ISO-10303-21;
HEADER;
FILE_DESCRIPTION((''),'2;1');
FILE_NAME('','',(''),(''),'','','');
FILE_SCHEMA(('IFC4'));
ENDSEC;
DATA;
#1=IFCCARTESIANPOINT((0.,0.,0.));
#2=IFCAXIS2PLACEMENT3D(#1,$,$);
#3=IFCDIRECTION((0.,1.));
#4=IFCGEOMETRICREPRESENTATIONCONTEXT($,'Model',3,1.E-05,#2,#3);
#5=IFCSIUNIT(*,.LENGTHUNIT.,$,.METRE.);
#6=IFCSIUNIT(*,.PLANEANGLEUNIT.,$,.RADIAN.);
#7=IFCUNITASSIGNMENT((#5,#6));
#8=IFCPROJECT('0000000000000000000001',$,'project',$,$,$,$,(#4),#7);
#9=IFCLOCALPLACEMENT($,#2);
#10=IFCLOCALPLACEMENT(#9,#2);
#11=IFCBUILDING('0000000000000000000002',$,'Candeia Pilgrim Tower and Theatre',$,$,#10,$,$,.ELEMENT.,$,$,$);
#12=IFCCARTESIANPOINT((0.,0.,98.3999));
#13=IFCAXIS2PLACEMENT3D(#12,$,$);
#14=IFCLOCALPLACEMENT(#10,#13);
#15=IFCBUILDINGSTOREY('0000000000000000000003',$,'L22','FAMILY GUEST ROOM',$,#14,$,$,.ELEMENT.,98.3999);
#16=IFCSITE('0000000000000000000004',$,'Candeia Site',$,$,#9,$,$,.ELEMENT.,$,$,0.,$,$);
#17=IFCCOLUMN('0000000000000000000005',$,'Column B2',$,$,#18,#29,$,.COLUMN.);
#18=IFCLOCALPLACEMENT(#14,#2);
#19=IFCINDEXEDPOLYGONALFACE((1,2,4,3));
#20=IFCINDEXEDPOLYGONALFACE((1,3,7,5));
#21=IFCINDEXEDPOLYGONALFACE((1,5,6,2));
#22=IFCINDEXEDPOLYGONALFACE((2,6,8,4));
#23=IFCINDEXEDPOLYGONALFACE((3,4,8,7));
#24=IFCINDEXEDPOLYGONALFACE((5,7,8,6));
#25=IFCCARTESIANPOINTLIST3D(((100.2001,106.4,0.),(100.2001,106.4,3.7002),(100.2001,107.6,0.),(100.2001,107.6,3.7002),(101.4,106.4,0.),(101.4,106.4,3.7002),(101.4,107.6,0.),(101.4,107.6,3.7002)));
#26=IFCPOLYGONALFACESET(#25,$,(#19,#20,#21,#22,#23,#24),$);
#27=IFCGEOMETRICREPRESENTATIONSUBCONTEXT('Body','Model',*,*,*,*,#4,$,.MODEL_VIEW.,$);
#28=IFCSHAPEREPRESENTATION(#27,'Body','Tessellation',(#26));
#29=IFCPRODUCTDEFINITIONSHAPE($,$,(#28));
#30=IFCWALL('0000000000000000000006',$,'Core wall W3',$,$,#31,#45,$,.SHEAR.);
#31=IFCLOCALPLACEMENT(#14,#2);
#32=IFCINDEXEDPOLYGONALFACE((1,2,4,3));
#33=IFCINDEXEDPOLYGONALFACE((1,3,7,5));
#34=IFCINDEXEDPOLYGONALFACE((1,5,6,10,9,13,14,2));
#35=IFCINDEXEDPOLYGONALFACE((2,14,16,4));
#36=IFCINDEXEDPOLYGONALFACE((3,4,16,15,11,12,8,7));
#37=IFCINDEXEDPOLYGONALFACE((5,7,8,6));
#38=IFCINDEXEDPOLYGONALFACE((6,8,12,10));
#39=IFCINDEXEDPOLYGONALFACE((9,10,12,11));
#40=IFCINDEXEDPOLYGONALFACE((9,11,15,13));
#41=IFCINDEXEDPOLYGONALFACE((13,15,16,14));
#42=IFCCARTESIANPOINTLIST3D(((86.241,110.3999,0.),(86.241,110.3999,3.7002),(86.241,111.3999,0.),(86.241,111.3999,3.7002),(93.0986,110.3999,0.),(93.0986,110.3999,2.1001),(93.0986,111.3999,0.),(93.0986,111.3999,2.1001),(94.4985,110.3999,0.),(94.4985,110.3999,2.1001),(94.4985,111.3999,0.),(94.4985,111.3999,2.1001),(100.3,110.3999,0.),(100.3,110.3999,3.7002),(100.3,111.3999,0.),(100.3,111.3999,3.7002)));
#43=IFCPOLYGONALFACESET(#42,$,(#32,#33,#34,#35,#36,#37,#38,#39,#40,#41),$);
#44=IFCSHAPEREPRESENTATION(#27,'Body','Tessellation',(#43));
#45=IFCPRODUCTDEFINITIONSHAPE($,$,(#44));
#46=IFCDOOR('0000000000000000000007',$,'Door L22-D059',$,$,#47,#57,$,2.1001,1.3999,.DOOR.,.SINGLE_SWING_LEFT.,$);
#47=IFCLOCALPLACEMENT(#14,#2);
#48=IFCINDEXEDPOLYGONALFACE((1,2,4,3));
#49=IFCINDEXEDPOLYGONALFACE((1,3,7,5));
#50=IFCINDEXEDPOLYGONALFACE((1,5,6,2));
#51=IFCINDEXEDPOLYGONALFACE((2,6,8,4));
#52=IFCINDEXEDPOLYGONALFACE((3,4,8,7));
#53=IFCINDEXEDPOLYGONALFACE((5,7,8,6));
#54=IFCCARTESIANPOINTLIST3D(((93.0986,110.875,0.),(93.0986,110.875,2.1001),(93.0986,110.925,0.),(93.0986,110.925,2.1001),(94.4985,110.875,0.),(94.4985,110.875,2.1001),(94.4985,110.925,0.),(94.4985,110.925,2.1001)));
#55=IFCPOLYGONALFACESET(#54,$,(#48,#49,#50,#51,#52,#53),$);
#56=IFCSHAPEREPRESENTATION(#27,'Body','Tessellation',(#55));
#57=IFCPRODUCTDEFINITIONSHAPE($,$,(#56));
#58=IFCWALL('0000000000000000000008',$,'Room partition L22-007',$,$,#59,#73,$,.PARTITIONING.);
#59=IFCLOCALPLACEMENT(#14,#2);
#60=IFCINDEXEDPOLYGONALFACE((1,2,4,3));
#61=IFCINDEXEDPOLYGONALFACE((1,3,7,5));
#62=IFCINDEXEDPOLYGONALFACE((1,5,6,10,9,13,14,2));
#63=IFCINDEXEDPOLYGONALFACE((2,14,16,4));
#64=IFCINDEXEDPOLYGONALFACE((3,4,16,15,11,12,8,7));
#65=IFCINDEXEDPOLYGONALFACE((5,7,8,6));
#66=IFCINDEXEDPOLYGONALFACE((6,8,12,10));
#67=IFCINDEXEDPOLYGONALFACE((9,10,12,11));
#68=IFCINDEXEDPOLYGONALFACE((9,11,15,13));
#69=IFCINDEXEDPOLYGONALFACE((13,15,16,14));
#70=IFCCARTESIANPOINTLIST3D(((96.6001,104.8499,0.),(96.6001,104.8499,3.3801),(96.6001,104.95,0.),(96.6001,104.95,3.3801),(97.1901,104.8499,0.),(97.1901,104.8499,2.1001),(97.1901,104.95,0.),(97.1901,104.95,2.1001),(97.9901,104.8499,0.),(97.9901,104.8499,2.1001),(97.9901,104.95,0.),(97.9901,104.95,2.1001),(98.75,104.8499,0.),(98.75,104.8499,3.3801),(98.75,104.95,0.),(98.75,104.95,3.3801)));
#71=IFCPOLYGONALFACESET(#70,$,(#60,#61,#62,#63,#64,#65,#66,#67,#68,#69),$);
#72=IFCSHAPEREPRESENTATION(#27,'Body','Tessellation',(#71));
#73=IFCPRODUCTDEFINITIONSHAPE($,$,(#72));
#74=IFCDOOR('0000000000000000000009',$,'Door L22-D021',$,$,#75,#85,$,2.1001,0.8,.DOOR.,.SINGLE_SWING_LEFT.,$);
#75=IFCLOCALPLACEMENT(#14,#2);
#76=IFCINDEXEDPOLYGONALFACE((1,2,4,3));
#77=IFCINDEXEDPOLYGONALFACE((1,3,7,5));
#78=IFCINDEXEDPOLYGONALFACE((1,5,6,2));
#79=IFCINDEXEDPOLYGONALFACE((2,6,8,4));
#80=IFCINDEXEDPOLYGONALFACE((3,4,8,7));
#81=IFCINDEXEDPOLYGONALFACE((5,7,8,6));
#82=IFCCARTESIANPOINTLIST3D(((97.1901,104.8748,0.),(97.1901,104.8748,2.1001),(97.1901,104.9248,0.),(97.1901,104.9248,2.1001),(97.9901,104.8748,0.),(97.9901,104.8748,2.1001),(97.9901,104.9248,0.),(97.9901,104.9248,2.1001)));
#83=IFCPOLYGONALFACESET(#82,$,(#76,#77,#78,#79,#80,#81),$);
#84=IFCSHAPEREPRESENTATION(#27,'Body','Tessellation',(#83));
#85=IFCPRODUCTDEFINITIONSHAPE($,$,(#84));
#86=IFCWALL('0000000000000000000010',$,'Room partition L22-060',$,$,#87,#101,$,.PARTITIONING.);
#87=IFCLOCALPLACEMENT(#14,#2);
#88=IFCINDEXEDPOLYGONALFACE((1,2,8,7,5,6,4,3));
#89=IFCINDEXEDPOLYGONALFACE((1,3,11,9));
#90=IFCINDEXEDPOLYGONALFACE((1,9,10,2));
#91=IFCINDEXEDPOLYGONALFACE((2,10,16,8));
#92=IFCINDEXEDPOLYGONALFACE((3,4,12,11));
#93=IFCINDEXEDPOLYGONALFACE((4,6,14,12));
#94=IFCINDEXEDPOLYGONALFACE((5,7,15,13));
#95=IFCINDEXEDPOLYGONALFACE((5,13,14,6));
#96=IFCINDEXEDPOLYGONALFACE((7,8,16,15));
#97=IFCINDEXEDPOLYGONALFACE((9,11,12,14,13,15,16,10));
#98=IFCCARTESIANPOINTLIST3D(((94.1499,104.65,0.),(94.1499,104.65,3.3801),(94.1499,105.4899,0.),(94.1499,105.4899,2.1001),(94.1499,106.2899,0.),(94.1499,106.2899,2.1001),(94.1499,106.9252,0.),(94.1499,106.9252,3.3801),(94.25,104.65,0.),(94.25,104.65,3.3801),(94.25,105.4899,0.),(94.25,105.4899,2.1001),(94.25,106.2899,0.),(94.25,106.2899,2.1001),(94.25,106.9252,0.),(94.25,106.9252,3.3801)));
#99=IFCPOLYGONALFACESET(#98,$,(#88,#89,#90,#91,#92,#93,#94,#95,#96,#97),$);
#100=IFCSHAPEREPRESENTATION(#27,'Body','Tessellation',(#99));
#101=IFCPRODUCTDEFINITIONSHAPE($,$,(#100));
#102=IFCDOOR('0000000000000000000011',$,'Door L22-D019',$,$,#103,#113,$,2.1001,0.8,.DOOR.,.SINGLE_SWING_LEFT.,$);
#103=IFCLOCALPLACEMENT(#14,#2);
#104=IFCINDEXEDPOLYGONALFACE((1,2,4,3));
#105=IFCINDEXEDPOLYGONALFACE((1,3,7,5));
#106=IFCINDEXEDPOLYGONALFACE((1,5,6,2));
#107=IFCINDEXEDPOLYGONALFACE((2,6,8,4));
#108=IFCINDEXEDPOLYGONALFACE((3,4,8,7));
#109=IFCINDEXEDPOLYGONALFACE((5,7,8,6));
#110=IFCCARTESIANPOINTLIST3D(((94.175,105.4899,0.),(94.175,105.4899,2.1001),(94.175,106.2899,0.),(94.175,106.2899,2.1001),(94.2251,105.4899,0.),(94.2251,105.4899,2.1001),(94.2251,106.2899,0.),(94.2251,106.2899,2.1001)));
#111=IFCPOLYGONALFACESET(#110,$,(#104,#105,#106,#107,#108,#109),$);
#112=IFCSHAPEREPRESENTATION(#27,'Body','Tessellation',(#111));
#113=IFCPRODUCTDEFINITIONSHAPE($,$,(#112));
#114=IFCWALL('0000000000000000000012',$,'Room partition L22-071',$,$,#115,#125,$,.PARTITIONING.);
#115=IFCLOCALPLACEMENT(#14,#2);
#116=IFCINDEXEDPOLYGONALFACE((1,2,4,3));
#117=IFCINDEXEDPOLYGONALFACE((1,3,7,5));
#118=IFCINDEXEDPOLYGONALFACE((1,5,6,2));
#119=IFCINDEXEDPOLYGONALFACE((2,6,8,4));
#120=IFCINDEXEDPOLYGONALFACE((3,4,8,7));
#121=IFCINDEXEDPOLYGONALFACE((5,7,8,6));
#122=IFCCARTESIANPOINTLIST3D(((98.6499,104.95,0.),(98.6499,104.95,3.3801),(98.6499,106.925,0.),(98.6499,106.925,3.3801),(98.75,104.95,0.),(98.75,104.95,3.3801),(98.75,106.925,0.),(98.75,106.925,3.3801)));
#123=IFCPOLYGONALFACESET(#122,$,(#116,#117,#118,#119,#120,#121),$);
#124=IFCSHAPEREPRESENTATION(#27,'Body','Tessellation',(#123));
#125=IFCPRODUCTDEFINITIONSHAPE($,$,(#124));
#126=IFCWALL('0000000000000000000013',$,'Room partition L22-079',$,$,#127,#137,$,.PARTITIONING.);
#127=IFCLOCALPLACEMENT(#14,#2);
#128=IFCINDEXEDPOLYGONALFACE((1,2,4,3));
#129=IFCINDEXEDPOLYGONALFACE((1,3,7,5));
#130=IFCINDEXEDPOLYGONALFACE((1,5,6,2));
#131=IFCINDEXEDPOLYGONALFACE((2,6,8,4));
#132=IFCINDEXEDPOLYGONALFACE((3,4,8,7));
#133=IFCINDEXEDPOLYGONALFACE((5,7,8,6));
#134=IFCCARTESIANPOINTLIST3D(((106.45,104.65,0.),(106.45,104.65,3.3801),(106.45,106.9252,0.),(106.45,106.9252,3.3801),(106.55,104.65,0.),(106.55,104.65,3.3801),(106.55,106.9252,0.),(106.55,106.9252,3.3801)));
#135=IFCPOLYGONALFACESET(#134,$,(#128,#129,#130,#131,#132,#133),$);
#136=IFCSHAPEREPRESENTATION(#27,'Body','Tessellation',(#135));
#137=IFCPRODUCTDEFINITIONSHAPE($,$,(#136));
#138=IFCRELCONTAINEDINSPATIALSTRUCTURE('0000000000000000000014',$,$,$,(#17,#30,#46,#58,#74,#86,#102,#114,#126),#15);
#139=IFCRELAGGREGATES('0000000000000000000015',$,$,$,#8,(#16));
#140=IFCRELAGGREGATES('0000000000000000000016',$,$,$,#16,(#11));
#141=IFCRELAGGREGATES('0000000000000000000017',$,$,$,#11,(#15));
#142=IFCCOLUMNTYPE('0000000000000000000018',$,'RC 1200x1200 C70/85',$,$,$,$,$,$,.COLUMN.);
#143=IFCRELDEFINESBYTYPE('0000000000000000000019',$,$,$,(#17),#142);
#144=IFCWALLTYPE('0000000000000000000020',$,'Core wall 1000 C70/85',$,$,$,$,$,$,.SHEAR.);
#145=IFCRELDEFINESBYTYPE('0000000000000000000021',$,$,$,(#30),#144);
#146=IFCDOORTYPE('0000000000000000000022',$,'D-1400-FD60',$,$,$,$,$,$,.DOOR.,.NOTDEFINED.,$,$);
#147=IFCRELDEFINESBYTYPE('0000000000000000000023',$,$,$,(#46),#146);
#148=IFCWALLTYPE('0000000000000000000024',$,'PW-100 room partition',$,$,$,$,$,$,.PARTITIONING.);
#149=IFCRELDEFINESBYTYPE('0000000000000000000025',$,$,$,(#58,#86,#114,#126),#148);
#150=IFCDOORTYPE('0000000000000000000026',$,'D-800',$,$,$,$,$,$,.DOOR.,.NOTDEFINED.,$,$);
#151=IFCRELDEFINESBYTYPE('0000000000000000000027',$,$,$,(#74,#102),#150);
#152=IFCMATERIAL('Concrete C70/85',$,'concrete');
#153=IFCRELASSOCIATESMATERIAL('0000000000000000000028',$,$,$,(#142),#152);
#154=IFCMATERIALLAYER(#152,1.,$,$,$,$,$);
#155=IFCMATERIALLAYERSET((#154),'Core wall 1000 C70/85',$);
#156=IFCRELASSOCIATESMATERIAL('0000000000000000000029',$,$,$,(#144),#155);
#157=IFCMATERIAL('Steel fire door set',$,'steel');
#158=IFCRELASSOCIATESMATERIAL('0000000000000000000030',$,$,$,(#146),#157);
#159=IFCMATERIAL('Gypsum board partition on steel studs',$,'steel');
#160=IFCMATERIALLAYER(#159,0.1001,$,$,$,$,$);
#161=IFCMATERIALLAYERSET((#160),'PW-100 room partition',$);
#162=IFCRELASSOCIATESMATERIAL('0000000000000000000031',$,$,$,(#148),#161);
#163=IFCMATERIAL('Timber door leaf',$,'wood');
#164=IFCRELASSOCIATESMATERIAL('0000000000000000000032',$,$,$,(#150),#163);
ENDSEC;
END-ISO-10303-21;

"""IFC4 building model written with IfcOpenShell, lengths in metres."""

from ifc_helpers import new_model, si_unit, direction, frame, frame_2d, origin, origin_2d, place, context, subcontext, project, spatial, rectangle, extrude, material, layer, layer_set, material_profile, profile_set, type_object, element, fill, save


model = new_model("IFC4")

# Units and contexts
model_context = context("Model", 3, precision=1e-05, world=origin(), true_north=direction((0.0, 1.0)))
body_context = subcontext(model_context, "Body", "Model", "MODEL_VIEW")
ifc_project = project(units=[si_unit("LENGTHUNIT", "METRE"), si_unit("PLANEANGLEUNIT", "RADIAN")], contexts=[model_context])

# Site, building, storey
site_placement = place(None, origin())
site = spatial("IfcSite", under=ifc_project, at=site_placement, Name="Candeia Site", CompositionType="ELEMENT", RefElevation=0.0)
building_placement = place(site_placement, origin())
building = spatial("IfcBuilding", under=site, at=building_placement, Name="Candeia Pilgrim Tower and Theatre", CompositionType="ELEMENT")
storey_placement = place(building_placement, frame((0.0, 0.0, 98.3999)))
storey = spatial("IfcBuildingStorey", under=building, at=storey_placement, Name="L22", Description="FAMILY GUEST ROOM", CompositionType="ELEMENT", Elevation=98.3999)

# Column
ifc_material_1 = material(Name="Concrete C70/85", Category="concrete")
ifc_material_profile = material_profile(ifc_material_1, rectangle(XDim=1.2, YDim=1.2, at=origin_2d()))
ifc_profile_set = profile_set([ifc_material_profile], Name="Concrete C70/85")
column_type = type_object("IfcColumnType", Name="RC 1200x1200 C70/85", PredefinedType="COLUMN", material=ifc_profile_set)
column_placement = place(storey_placement, frame((100.8, 107.0, 0.0), z_axis=(0.0, 0.0, 1.0), x_axis=(1.0, 0.0, 0.0)))
element("IfcColumn", 1, at=column_placement, inside=storey, type_object=column_type, Name="Column B2", PredefinedType="COLUMN", context=body_context, shape_type="SweptSolid", body=[
    extrude(rectangle(XDim=1.2, YDim=1.2, at=origin_2d()), origin(), (0.0, 0.0, 1.0), 3.7002),
])

# Walls, openings, doors
ifc_layer_1 = layer(ifc_material_1, 1.0)
ifc_layer_set_1 = layer_set([ifc_layer_1], Name="Core wall 1000 C70/85")
wall_type_1 = type_object("IfcWallType", Name="Core wall 1000 C70/85", PredefinedType="SHEAR", material=ifc_layer_set_1)
wall_1_placement = place(storey_placement, frame((100.3, 110.8999, 0.0), z_axis=(0.0, 0.0, 1.0), x_axis=(-1.0, 0.0, 0.0)))
wall_1 = element("IfcWall", 2, at=wall_1_placement, inside=storey, type_object=wall_type_1, Name="Core wall W3", PredefinedType="SHEAR", context=body_context, shape_type="SweptSolid", body=[
    extrude(rectangle(XDim=14.0591, YDim=1.0, at=frame_2d((7.0295, 0.0))), origin(), (0.0, 0.0, 1.0), 3.7002),
])
opening_1_placement = place(wall_1_placement, frame((5.8015, 0.0, 0.0)))
opening_1 = element("IfcOpeningElement", 3, at=opening_1_placement, cuts=wall_1, PredefinedType="OPENING", context=body_context, shape_type="SweptSolid", body=[
    extrude(rectangle(XDim=1.3999, YDim=2.1001, at=frame_2d((0.7, 1.05))), frame((0.0, 0.51, 0.0), z_axis=(0.0, -1.0, 0.0), x_axis=(1.0, 0.0, 0.0)), (0.0, 0.0, 1.0), 1.02),
])
ifc_material_2 = material(Name="Steel fire door set", Category="steel")
door_type_1 = type_object("IfcDoorType", Name="D-1400-FD60", OperationType="NOTDEFINED", PredefinedType="DOOR", material=ifc_material_2)
door_1_placement = place(opening_1_placement, origin())
door_1 = element("IfcDoor", 4, at=door_1_placement, inside=storey, type_object=door_type_1, Name="Door L22-D059", OperationType="SINGLE_SWING_LEFT", OverallHeight=2.1001, OverallWidth=1.3999, PredefinedType="DOOR", context=body_context, shape_type="SweptSolid", body=[
    extrude(rectangle(XDim=1.3999, YDim=2.1001, at=frame_2d((0.7, 1.05))), frame((0.0, 0.0249, 0.0), z_axis=(0.0, -1.0, 0.0), x_axis=(1.0, 0.0, 0.0)), (0.0, 0.0, 1.0), 0.05),
])
fill(opening_1, door_1)
ifc_material_3 = material(Name="Gypsum board partition on steel studs", Category="steel")
ifc_layer_2 = layer(ifc_material_3, 0.1001)
ifc_layer_set_2 = layer_set([ifc_layer_2], Name="PW-100 room partition")
wall_type_2 = type_object("IfcWallType", Name="PW-100 room partition", PredefinedType="PARTITIONING", material=ifc_layer_set_2)
wall_2_placement = place(storey_placement, frame((96.6001, 104.8999, 0.0), z_axis=(0.0, 0.0, 1.0), x_axis=(1.0, 0.0, 0.0)))
wall_2 = element("IfcWall", 5, at=wall_2_placement, inside=storey, type_object=wall_type_2, Name="Room partition L22-007", PredefinedType="PARTITIONING", context=body_context, shape_type="SweptSolid", body=[
    extrude(rectangle(XDim=2.1499, YDim=0.1001, at=frame_2d((1.075, 0.0))), origin(), (0.0, 0.0, 1.0), 3.3801),
])
opening_2_placement = place(wall_2_placement, frame((0.5901, 0.0, 0.0)))
opening_2 = element("IfcOpeningElement", 6, at=opening_2_placement, cuts=wall_2, PredefinedType="OPENING", context=body_context, shape_type="SweptSolid", body=[
    extrude(rectangle(XDim=0.8, YDim=2.1001, at=frame_2d((0.3999, 1.05))), frame((0.0, 0.0601, 0.0), z_axis=(0.0, -1.0, 0.0), x_axis=(1.0, 0.0, 0.0)), (0.0, 0.0, 1.0), 0.1201),
])
ifc_material_4 = material(Name="Timber door leaf", Category="wood")
door_type_2 = type_object("IfcDoorType", Name="D-800", OperationType="NOTDEFINED", PredefinedType="DOOR", material=ifc_material_4)
door_2_placement = place(opening_2_placement, origin())
door_2 = element("IfcDoor", 7, at=door_2_placement, inside=storey, type_object=door_type_2, Name="Door L22-D021", OperationType="SINGLE_SWING_LEFT", OverallHeight=2.1001, OverallWidth=0.8, PredefinedType="DOOR", context=body_context, shape_type="SweptSolid", body=[
    extrude(rectangle(XDim=0.8, YDim=2.1001, at=frame_2d((0.3999, 1.05))), frame((0.0, 0.0249, 0.0), z_axis=(0.0, -1.0, 0.0), x_axis=(1.0, 0.0, 0.0)), (0.0, 0.0, 1.0), 0.05),
])
fill(opening_2, door_2)
wall_3_placement = place(storey_placement, frame((94.2, 104.6499, 0.0), z_axis=(0.0, 0.0, 1.0), x_axis=(0.0, 1.0, 0.0)))
wall_3 = element("IfcWall", 8, at=wall_3_placement, inside=storey, type_object=wall_type_2, Name="Room partition L22-060", PredefinedType="PARTITIONING", context=body_context, shape_type="SweptSolid", body=[
    extrude(rectangle(XDim=2.2751, YDim=0.1001, at=frame_2d((1.1377, 0.0))), origin(), (0.0, 0.0, 1.0), 3.3801),
])
opening_3_placement = place(wall_3_placement, frame((0.8401, 0.0, 0.0)))
opening_3 = element("IfcOpeningElement", 9, at=opening_3_placement, cuts=wall_3, PredefinedType="OPENING", context=body_context, shape_type="SweptSolid", body=[
    extrude(rectangle(XDim=0.8, YDim=2.1001, at=frame_2d((0.3999, 1.05))), frame((0.0, 0.0601, 0.0), z_axis=(0.0, -1.0, 0.0), x_axis=(1.0, 0.0, 0.0)), (0.0, 0.0, 1.0), 0.1201),
])
door_3_placement = place(opening_3_placement, origin())
door_3 = element("IfcDoor", 10, at=door_3_placement, inside=storey, type_object=door_type_2, Name="Door L22-D019", OperationType="SINGLE_SWING_LEFT", OverallHeight=2.1001, OverallWidth=0.8, PredefinedType="DOOR", context=body_context, shape_type="SweptSolid", body=[
    extrude(rectangle(XDim=0.8, YDim=2.1001, at=frame_2d((0.3999, 1.05))), frame((0.0, 0.0249, 0.0), z_axis=(0.0, -1.0, 0.0), x_axis=(1.0, 0.0, 0.0)), (0.0, 0.0, 1.0), 0.05),
])
fill(opening_3, door_3)

# Walls
wall_4_placement = place(storey_placement, frame((98.7, 104.95, 0.0), z_axis=(0.0, 0.0, 1.0), x_axis=(0.0, 1.0, 0.0)))
element("IfcWall", 11, at=wall_4_placement, inside=storey, type_object=wall_type_2, Name="Room partition L22-071", PredefinedType="PARTITIONING", context=body_context, shape_type="SweptSolid", body=[
    extrude(rectangle(XDim=1.9751, YDim=0.1001, at=frame_2d((0.9875, 0.0))), origin(), (0.0, 0.0, 1.0), 3.3801),
])
wall_5_placement = place(storey_placement, frame((106.5, 104.6499, 0.0), z_axis=(0.0, 0.0, 1.0), x_axis=(0.0, 1.0, 0.0)))
element("IfcWall", 12, at=wall_5_placement, inside=storey, type_object=wall_type_2, Name="Room partition L22-079", PredefinedType="PARTITIONING", context=body_context, shape_type="SweptSolid", body=[
    extrude(rectangle(XDim=2.2751, YDim=0.1001, at=frame_2d((1.1377, 0.0))), origin(), (0.0, 0.0, 1.0), 3.3801),
])

save(model, "model.ifc")
